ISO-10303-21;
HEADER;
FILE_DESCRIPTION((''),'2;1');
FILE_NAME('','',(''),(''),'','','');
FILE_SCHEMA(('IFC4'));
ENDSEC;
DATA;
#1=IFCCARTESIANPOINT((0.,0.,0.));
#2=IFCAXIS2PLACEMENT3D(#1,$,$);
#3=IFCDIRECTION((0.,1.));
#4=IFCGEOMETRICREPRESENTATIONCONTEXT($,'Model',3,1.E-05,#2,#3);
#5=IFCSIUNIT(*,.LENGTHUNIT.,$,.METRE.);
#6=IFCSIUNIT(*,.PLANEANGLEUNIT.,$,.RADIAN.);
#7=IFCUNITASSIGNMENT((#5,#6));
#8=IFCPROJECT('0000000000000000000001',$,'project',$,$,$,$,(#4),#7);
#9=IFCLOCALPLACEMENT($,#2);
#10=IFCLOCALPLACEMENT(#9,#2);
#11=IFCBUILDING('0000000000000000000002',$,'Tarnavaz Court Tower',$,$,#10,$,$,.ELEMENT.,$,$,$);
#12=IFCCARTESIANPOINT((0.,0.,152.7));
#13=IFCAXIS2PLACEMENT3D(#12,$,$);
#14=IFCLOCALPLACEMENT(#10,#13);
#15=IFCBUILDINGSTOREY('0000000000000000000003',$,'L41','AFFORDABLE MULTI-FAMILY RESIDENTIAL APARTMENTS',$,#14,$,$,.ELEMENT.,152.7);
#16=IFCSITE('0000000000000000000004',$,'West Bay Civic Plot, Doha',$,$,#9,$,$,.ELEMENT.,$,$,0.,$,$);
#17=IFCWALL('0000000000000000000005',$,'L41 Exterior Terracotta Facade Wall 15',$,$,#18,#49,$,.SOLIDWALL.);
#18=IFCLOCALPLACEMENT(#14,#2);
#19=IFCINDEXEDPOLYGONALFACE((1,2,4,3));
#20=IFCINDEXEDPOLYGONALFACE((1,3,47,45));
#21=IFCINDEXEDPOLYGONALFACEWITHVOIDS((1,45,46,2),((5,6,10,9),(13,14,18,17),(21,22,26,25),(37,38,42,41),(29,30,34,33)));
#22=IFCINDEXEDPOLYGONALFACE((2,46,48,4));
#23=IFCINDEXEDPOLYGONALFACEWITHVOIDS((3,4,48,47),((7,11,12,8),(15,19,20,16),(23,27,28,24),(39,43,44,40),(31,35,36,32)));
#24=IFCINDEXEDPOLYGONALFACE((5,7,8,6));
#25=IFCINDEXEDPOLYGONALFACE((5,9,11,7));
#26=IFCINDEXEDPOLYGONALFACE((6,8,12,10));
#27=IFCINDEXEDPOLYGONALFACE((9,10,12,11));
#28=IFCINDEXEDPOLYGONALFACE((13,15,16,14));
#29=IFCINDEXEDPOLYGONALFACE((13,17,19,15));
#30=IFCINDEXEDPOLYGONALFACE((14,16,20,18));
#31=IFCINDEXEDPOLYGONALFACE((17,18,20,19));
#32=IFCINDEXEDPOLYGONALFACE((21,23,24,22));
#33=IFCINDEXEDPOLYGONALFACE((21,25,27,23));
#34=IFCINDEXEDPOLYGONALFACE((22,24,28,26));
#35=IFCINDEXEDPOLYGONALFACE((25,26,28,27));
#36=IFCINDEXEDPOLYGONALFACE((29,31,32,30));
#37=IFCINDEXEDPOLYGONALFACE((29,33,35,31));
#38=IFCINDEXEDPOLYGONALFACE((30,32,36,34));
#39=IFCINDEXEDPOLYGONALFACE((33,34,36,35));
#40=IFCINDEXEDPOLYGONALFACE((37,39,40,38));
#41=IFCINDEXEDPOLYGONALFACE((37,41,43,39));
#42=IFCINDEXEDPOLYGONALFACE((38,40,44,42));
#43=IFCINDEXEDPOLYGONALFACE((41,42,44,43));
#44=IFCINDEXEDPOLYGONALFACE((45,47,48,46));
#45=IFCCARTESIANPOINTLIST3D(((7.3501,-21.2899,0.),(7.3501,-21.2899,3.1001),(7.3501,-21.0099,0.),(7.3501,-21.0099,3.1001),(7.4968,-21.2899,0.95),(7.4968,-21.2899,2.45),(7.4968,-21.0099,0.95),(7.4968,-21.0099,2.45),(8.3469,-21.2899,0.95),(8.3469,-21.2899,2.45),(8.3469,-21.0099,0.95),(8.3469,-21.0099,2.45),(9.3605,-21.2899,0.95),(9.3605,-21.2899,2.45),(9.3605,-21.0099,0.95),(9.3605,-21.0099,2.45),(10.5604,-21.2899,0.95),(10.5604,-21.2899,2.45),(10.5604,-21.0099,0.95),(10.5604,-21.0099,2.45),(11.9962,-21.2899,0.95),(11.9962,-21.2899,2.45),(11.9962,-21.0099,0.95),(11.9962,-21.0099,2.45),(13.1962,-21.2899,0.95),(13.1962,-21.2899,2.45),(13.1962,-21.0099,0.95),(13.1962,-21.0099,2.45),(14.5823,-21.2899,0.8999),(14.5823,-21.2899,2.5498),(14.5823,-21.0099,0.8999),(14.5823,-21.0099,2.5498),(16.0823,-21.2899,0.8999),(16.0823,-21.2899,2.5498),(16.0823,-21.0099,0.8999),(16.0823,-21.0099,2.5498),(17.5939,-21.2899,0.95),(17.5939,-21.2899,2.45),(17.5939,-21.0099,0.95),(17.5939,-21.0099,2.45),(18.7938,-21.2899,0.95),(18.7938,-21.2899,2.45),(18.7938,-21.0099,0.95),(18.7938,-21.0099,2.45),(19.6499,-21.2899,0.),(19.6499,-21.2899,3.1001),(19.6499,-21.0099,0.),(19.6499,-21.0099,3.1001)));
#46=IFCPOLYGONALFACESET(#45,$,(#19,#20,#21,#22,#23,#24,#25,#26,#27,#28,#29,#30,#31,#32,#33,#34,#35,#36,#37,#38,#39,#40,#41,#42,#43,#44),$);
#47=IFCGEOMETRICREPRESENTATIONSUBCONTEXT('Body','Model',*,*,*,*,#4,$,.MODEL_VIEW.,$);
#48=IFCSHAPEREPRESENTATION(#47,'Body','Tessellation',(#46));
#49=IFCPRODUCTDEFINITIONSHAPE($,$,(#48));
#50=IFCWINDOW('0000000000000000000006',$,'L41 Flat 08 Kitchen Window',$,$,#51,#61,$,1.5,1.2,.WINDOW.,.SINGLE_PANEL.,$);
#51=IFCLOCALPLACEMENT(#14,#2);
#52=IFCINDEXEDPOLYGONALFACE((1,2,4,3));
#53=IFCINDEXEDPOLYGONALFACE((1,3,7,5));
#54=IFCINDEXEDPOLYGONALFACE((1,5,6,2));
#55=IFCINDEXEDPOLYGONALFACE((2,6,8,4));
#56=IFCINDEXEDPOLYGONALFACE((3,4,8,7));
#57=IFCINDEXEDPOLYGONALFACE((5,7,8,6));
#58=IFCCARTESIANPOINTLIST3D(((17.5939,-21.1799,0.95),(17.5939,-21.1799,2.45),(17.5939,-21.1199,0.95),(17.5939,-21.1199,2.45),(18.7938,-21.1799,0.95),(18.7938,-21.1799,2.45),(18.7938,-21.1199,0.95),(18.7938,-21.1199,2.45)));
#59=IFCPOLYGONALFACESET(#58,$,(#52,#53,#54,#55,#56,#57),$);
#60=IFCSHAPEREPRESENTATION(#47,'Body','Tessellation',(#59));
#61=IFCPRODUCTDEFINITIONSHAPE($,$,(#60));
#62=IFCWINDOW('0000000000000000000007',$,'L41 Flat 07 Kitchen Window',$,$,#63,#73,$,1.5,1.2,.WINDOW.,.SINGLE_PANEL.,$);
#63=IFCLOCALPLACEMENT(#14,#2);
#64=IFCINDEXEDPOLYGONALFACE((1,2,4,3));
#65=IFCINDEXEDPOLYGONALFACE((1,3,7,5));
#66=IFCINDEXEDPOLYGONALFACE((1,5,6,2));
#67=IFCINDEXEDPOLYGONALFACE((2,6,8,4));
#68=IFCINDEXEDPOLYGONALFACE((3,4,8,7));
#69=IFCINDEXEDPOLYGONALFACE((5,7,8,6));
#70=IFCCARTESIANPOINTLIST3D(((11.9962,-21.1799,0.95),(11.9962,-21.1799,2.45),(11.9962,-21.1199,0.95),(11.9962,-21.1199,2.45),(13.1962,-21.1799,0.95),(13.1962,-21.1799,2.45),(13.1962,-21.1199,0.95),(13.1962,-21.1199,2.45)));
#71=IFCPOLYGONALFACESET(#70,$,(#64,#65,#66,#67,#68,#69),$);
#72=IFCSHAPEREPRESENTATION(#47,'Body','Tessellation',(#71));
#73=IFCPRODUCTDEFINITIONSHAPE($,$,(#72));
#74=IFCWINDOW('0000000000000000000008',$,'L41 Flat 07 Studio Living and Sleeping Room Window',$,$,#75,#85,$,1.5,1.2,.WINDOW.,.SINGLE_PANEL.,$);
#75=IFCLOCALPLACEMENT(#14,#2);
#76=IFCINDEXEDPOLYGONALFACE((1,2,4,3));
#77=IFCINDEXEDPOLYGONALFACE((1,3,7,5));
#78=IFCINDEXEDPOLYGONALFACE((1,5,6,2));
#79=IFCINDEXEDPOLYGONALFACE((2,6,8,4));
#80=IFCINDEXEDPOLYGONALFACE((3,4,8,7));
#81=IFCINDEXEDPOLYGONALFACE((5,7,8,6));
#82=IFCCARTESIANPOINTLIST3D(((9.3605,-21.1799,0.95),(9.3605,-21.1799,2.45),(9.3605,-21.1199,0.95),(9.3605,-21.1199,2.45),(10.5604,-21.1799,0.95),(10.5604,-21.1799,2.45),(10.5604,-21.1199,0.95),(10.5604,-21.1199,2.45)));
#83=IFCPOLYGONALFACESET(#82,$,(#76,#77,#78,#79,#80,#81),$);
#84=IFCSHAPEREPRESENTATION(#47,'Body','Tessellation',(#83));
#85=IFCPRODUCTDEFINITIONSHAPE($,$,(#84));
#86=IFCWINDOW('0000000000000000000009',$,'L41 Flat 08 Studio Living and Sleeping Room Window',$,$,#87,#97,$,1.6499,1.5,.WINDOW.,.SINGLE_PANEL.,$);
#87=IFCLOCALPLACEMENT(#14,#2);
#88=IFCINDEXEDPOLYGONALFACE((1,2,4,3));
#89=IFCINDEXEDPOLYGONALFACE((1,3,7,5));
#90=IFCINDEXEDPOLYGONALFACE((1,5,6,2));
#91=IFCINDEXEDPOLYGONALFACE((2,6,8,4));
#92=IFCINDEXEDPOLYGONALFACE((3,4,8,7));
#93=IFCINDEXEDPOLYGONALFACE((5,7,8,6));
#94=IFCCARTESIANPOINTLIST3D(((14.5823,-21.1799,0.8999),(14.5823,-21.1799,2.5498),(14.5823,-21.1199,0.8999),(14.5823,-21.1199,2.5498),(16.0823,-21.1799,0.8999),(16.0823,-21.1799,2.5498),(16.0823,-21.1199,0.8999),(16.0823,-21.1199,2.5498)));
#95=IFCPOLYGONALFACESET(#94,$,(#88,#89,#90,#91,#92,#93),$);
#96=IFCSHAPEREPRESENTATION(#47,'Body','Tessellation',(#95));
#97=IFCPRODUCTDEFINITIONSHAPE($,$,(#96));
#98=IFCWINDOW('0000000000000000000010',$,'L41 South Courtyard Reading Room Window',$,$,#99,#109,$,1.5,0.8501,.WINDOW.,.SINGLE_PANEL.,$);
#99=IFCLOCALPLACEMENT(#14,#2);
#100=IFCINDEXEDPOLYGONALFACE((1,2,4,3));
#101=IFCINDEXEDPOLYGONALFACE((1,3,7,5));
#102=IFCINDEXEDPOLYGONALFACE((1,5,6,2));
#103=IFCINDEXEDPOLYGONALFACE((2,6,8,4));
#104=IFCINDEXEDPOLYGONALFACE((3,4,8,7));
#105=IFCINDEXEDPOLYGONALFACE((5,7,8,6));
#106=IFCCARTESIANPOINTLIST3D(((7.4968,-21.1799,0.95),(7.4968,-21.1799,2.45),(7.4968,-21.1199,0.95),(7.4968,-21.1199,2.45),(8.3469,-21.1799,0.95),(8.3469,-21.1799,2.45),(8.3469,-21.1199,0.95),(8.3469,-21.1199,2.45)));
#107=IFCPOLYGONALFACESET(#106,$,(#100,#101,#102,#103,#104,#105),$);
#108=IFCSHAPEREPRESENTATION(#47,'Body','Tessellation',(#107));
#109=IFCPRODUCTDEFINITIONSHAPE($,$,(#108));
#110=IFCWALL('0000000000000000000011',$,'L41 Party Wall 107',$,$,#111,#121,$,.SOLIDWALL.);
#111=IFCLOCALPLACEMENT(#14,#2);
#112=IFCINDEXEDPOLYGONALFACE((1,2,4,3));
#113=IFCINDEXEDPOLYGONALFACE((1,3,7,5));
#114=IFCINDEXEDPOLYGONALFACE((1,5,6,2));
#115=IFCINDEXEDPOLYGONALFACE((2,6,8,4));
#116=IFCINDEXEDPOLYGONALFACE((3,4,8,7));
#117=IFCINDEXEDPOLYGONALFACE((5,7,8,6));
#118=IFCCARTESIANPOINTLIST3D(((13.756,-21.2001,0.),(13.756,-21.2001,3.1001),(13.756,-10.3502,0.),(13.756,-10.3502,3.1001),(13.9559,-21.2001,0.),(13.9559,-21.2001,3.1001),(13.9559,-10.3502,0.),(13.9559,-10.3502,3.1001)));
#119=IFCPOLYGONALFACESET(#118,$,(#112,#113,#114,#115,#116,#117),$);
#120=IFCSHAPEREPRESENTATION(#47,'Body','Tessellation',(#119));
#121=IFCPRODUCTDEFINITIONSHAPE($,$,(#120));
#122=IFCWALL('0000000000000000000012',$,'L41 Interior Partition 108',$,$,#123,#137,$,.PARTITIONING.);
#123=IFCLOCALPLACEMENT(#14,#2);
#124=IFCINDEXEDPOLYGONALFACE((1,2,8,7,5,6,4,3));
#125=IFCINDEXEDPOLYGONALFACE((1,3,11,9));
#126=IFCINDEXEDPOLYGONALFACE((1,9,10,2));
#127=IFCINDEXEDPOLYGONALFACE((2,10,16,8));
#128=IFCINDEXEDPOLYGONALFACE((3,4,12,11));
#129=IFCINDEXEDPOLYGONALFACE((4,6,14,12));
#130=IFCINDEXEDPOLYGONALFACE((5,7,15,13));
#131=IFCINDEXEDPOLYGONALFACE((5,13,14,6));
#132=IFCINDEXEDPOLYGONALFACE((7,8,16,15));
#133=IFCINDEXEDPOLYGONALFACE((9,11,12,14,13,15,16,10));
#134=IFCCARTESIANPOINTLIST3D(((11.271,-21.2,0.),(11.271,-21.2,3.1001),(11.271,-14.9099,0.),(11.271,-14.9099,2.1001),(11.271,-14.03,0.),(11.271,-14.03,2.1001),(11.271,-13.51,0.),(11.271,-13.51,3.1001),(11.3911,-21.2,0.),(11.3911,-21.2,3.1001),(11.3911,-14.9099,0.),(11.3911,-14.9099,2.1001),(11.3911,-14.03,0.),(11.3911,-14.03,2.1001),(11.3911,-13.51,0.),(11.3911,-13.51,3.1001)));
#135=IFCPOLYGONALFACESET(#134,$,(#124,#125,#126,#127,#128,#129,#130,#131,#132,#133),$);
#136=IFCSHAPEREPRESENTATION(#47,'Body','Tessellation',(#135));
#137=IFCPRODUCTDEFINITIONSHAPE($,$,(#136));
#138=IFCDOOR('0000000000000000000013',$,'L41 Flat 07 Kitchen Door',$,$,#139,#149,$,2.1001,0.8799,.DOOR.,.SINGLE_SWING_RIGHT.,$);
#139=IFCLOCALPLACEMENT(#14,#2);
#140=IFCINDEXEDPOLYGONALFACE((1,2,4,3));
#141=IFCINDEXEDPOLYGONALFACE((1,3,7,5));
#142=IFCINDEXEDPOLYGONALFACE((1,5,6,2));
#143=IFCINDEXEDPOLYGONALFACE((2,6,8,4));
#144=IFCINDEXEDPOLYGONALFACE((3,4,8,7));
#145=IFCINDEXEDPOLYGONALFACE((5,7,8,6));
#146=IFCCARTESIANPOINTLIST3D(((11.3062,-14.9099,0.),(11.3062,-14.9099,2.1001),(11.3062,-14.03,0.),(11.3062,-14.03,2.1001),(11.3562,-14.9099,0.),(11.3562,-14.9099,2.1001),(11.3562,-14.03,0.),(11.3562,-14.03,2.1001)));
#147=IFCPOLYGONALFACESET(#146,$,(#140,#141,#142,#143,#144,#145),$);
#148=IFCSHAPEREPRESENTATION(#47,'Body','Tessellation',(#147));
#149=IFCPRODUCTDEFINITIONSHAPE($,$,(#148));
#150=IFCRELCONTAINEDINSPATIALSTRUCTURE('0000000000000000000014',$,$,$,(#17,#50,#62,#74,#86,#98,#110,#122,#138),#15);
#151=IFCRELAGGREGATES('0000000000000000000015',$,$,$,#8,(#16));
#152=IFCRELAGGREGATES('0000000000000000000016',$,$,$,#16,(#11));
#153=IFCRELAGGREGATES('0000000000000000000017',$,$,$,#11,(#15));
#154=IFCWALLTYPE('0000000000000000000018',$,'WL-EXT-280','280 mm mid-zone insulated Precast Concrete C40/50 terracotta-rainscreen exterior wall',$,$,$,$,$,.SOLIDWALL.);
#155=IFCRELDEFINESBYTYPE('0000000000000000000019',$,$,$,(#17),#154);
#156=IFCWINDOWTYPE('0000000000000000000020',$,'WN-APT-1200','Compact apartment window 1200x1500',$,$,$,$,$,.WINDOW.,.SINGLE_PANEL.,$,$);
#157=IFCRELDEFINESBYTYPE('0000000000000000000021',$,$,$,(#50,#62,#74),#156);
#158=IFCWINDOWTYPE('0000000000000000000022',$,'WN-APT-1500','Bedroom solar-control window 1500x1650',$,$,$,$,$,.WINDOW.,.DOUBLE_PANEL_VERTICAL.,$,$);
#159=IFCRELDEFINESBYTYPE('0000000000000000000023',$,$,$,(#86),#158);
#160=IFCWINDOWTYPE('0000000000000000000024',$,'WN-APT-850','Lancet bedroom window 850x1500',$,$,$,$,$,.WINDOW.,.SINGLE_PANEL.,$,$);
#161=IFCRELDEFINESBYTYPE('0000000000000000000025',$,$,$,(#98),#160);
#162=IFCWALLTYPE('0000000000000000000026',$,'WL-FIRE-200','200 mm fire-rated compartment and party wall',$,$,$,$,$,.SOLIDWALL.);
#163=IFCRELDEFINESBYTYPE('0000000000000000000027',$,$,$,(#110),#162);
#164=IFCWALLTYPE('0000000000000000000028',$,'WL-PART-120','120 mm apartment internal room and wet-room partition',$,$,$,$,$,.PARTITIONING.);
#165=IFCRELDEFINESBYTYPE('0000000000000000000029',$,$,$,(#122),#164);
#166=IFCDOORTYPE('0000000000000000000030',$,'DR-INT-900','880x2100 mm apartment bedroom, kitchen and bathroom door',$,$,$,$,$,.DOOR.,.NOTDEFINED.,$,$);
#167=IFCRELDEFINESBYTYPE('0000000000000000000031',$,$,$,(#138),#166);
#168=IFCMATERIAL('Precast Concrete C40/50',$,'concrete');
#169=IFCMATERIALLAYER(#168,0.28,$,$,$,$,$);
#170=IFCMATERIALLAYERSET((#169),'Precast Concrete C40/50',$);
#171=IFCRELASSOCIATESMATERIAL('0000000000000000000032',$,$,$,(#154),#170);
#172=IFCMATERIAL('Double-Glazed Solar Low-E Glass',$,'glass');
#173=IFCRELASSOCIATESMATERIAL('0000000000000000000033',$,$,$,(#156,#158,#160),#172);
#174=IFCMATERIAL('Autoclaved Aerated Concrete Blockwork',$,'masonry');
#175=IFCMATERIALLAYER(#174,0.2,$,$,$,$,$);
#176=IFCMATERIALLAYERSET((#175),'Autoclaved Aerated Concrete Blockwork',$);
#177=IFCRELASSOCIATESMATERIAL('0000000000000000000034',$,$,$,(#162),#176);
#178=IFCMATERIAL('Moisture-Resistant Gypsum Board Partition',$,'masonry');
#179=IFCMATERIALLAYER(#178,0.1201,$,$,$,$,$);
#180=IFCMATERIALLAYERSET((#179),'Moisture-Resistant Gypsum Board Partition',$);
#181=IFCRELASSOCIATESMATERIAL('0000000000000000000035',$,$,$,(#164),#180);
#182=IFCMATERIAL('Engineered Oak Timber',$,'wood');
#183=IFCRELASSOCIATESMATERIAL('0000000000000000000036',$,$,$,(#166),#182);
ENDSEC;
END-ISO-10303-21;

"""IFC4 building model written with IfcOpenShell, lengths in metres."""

from ifc_helpers import new_model, si_unit, direction, frame, frame_2d, origin, place, context, subcontext, project, spatial, rectangle, extrude, material, layer, layer_set, type_object, element, fill, save


model = new_model("IFC4")

# Units and contexts
model_context = context("Model", 3, precision=1e-05, world=origin(), true_north=direction((0.0, 1.0)))
body_context = subcontext(model_context, "Body", "Model", "MODEL_VIEW")
ifc_project = project(units=[si_unit("LENGTHUNIT", "METRE"), si_unit("PLANEANGLEUNIT", "RADIAN")], contexts=[model_context])

# Site, building, storey
site_placement = place(None, origin())
site = spatial("IfcSite", under=ifc_project, at=site_placement, Name="West Bay Civic Plot, Doha", CompositionType="ELEMENT", RefElevation=0.0)
building_placement = place(site_placement, origin())
building = spatial("IfcBuilding", under=site, at=building_placement, Name="Tarnavaz Court Tower", CompositionType="ELEMENT")
storey_placement = place(building_placement, frame((0.0, 0.0, 152.7)))
storey = spatial("IfcBuildingStorey", under=building, at=storey_placement, Name="L41", Description="AFFORDABLE MULTI-FAMILY RESIDENTIAL APARTMENTS", CompositionType="ELEMENT", Elevation=152.7)

# Shared definitions
ifc_material_1 = material(Name="Precast Concrete C40/50", Category="concrete")
ifc_layer_1 = layer(ifc_material_1, 0.28)
ifc_layer_set_1 = layer_set([ifc_layer_1], Name="Precast Concrete C40/50")
wall_type_1 = type_object("IfcWallType", Name="WL-EXT-280", Description="280 mm mid-zone insulated Precast Concrete C40/50 terracotta-rainscreen exterior wall", PredefinedType="SOLIDWALL", material=ifc_layer_set_1)
ifc_material_2 = material(Name="Double-Glazed Solar Low-E Glass", Category="glass")

# Wall, openings, windows
wall_1_placement = place(storey_placement, frame((19.6499, -21.1499, 0.0), z_axis=(0.0, 0.0, 1.0), x_axis=(-1.0, 0.0, 0.0)))
wall_1 = element("IfcWall", 1, at=wall_1_placement, inside=storey, type_object=wall_type_1, Name="L41 Exterior Terracotta Facade Wall 15", PredefinedType="SOLIDWALL", context=body_context, shape_type="SweptSolid", body=[
    extrude(rectangle(XDim=12.2998, YDim=0.28, at=frame_2d((6.1499, 0.0))), origin(), (0.0, 0.0, 1.0), 3.1001),
])
opening_1_placement = place(wall_1_placement, frame((0.856, 0.0, 0.95)))
opening_1 = element("IfcOpeningElement", 2, at=opening_1_placement, cuts=wall_1, PredefinedType="OPENING", context=body_context, shape_type="SweptSolid", body=[
    extrude(rectangle(XDim=1.2, YDim=1.5, at=frame_2d((0.6001, 0.75))), frame((0.0, 0.1499, 0.0), z_axis=(0.0, -1.0, 0.0), x_axis=(1.0, 0.0, 0.0)), (0.0, 0.0, 1.0), 0.3),
])
opening_2_placement = place(wall_1_placement, frame((3.5676, 0.0, 0.8999)))
opening_2 = element("IfcOpeningElement", 3, at=opening_2_placement, cuts=wall_1, PredefinedType="OPENING", context=body_context, shape_type="SweptSolid", body=[
    extrude(rectangle(XDim=1.5, YDim=1.6499, at=frame_2d((0.75, 0.825))), frame((0.0, 0.1499, 0.0), z_axis=(0.0, -1.0, 0.0), x_axis=(1.0, 0.0, 0.0)), (0.0, 0.0, 1.0), 0.3),
])
opening_3_placement = place(wall_1_placement, frame((6.4536, 0.0, 0.95)))
opening_3 = element("IfcOpeningElement", 4, at=opening_3_placement, cuts=wall_1, PredefinedType="OPENING", context=body_context, shape_type="SweptSolid", body=[
    extrude(rectangle(XDim=1.2, YDim=1.5, at=frame_2d((0.6001, 0.75))), frame((0.0, 0.1499, 0.0), z_axis=(0.0, -1.0, 0.0), x_axis=(1.0, 0.0, 0.0)), (0.0, 0.0, 1.0), 0.3),
])
opening_4_placement = place(wall_1_placement, frame((9.0894, 0.0, 0.95)))
opening_4 = element("IfcOpeningElement", 5, at=opening_4_placement, cuts=wall_1, PredefinedType="OPENING", context=body_context, shape_type="SweptSolid", body=[
    extrude(rectangle(XDim=1.2, YDim=1.5, at=frame_2d((0.6001, 0.75))), frame((0.0, 0.1499, 0.0), z_axis=(0.0, -1.0, 0.0), x_axis=(1.0, 0.0, 0.0)), (0.0, 0.0, 1.0), 0.3),
])
opening_5_placement = place(wall_1_placement, frame((11.303, 0.0, 0.95)))
opening_5 = element("IfcOpeningElement", 6, at=opening_5_placement, cuts=wall_1, PredefinedType="OPENING", context=body_context, shape_type="SweptSolid", body=[
    extrude(rectangle(XDim=0.8501, YDim=1.5, at=frame_2d((0.425, 0.75))), frame((0.0, 0.1499, 0.0), z_axis=(0.0, -1.0, 0.0), x_axis=(1.0, 0.0, 0.0)), (0.0, 0.0, 1.0), 0.3),
])
window_type_1 = type_object("IfcWindowType", Name="WN-APT-1200", Description="Compact apartment window 1200x1500", PartitioningType="SINGLE_PANEL", PredefinedType="WINDOW", material=ifc_material_2)
window_1_placement = place(opening_1_placement, origin())
window_1 = element("IfcWindow", 7, at=window_1_placement, inside=storey, type_object=window_type_1, Name="L41 Flat 08 Kitchen Window", OverallHeight=1.5, OverallWidth=1.2, PartitioningType="SINGLE_PANEL", PredefinedType="WINDOW", context=body_context, shape_type="SweptSolid", body=[
    extrude(rectangle(XDim=1.2, YDim=1.5, at=frame_2d((0.6001, 0.75))), frame((0.0, 0.03, 0.0), z_axis=(0.0, -1.0, 0.0), x_axis=(1.0, 0.0, 0.0)), (0.0, 0.0, 1.0), 0.0601),
])
fill(opening_1, window_1)
window_2_placement = place(opening_3_placement, origin())
window_2 = element("IfcWindow", 8, at=window_2_placement, inside=storey, type_object=window_type_1, Name="L41 Flat 07 Kitchen Window", OverallHeight=1.5, OverallWidth=1.2, PartitioningType="SINGLE_PANEL", PredefinedType="WINDOW", context=body_context, shape_type="SweptSolid", body=[
    extrude(rectangle(XDim=1.2, YDim=1.5, at=frame_2d((0.6001, 0.75))), frame((0.0, 0.03, 0.0), z_axis=(0.0, -1.0, 0.0), x_axis=(1.0, 0.0, 0.0)), (0.0, 0.0, 1.0), 0.0601),
])
fill(opening_3, window_2)
window_3_placement = place(opening_4_placement, origin())
window_3 = element("IfcWindow", 9, at=window_3_placement, inside=storey, type_object=window_type_1, Name="L41 Flat 07 Studio Living and Sleeping Room Window", OverallHeight=1.5, OverallWidth=1.2, PartitioningType="SINGLE_PANEL", PredefinedType="WINDOW", context=body_context, shape_type="SweptSolid", body=[
    extrude(rectangle(XDim=1.2, YDim=1.5, at=frame_2d((0.6001, 0.75))), frame((0.0, 0.03, 0.0), z_axis=(0.0, -1.0, 0.0), x_axis=(1.0, 0.0, 0.0)), (0.0, 0.0, 1.0), 0.0601),
])
fill(opening_4, window_3)
window_type_2 = type_object("IfcWindowType", Name="WN-APT-1500", Description="Bedroom solar-control window 1500x1650", PartitioningType="DOUBLE_PANEL_VERTICAL", PredefinedType="WINDOW", material=ifc_material_2)
window_4_placement = place(opening_2_placement, origin())
window_4 = element("IfcWindow", 10, at=window_4_placement, inside=storey, type_object=window_type_2, Name="L41 Flat 08 Studio Living and Sleeping Room Window", OverallHeight=1.6499, OverallWidth=1.5, PartitioningType="SINGLE_PANEL", PredefinedType="WINDOW", context=body_context, shape_type="SweptSolid", body=[
    extrude(rectangle(XDim=1.5, YDim=1.6499, at=frame_2d((0.75, 0.825))), frame((0.0, 0.03, 0.0), z_axis=(0.0, -1.0, 0.0), x_axis=(1.0, 0.0, 0.0)), (0.0, 0.0, 1.0), 0.0601),
])
fill(opening_2, window_4)
window_type_3 = type_object("IfcWindowType", Name="WN-APT-850", Description="Lancet bedroom window 850x1500", PartitioningType="SINGLE_PANEL", PredefinedType="WINDOW", material=ifc_material_2)
window_5_placement = place(opening_5_placement, origin())
window_5 = element("IfcWindow", 11, at=window_5_placement, inside=storey, type_object=window_type_3, Name="L41 South Courtyard Reading Room Window", OverallHeight=1.5, OverallWidth=0.8501, PartitioningType="SINGLE_PANEL", PredefinedType="WINDOW", context=body_context, shape_type="SweptSolid", body=[
    extrude(rectangle(XDim=0.8501, YDim=1.5, at=frame_2d((0.425, 0.75))), frame((0.0, 0.03, 0.0), z_axis=(0.0, -1.0, 0.0), x_axis=(1.0, 0.0, 0.0)), (0.0, 0.0, 1.0), 0.0601),
])
fill(opening_5, window_5)

# Wall
ifc_material_3 = material(Name="Autoclaved Aerated Concrete Blockwork", Category="masonry")
ifc_layer_2 = layer(ifc_material_3, 0.2)
ifc_layer_set_2 = layer_set([ifc_layer_2], Name="Autoclaved Aerated Concrete Blockwork")
wall_type_2 = type_object("IfcWallType", Name="WL-FIRE-200", Description="200 mm fire-rated compartment and party wall", PredefinedType="SOLIDWALL", material=ifc_layer_set_2)
wall_2_placement = place(storey_placement, frame((13.856, -21.2, 0.0), z_axis=(0.0, 0.0, 1.0), x_axis=(0.0, 1.0, 0.0)))
element("IfcWall", 12, at=wall_2_placement, inside=storey, type_object=wall_type_2, Name="L41 Party Wall 107", PredefinedType="SOLIDWALL", context=body_context, shape_type="SweptSolid", body=[
    extrude(rectangle(XDim=10.8499, YDim=0.2, at=frame_2d((5.4248, 0.0))), origin(), (0.0, 0.0, 1.0), 3.1001),
])

# Wall, opening, door
ifc_material_4 = material(Name="Moisture-Resistant Gypsum Board Partition", Category="masonry")
ifc_layer_3 = layer(ifc_material_4, 0.1201)
ifc_layer_set_3 = layer_set([ifc_layer_3], Name="Moisture-Resistant Gypsum Board Partition")
wall_type_3 = type_object("IfcWallType", Name="WL-PART-120", Description="120 mm apartment internal room and wet-room partition", PredefinedType="PARTITIONING", material=ifc_layer_set_3)
wall_3_placement = place(storey_placement, frame((11.3311, -21.2, 0.0), z_axis=(0.0, 0.0, 1.0), x_axis=(0.0, 1.0, 0.0)))
wall_3 = element("IfcWall", 13, at=wall_3_placement, inside=storey, type_object=wall_type_3, Name="L41 Interior Partition 108", PredefinedType="PARTITIONING", context=body_context, shape_type="SweptSolid", body=[
    extrude(rectangle(XDim=7.6899, YDim=0.1201, at=frame_2d((3.845, 0.0))), origin(), (0.0, 0.0, 1.0), 3.1001),
])
opening_6_placement = place(wall_3_placement, frame((6.29, 0.0, 0.0)))
opening_6 = element("IfcOpeningElement", 14, at=opening_6_placement, cuts=wall_3, PredefinedType="OPENING", context=body_context, shape_type="SweptSolid", body=[
    extrude(rectangle(XDim=0.8799, YDim=2.1001, at=frame_2d((0.4399, 1.05))), frame((0.0, 0.0701, 0.0), z_axis=(0.0, -1.0, 0.0), x_axis=(1.0, 0.0, 0.0)), (0.0, 0.0, 1.0), 0.1401),
])
ifc_material_5 = material(Name="Engineered Oak Timber", Category="wood")
door_type = type_object("IfcDoorType", Name="DR-INT-900", Description="880x2100 mm apartment bedroom, kitchen and bathroom door", OperationType="NOTDEFINED", PredefinedType="DOOR", material=ifc_material_5)
door_1_placement = place(opening_6_placement, origin())
door_1 = element("IfcDoor", 15, at=door_1_placement, inside=storey, type_object=door_type, Name="L41 Flat 07 Kitchen Door", OperationType="SINGLE_SWING_RIGHT", OverallHeight=2.1001, OverallWidth=0.8799, PredefinedType="DOOR", context=body_context, shape_type="SweptSolid", body=[
    extrude(rectangle(XDim=0.8799, YDim=2.1001, at=frame_2d((0.4399, 1.05))), frame((0.0, 0.0249, 0.0), z_axis=(0.0, -1.0, 0.0), x_axis=(1.0, 0.0, 0.0)), (0.0, 0.0, 1.0), 0.05),
])
fill(opening_6, door_1)

save(model, "model.ifc")
